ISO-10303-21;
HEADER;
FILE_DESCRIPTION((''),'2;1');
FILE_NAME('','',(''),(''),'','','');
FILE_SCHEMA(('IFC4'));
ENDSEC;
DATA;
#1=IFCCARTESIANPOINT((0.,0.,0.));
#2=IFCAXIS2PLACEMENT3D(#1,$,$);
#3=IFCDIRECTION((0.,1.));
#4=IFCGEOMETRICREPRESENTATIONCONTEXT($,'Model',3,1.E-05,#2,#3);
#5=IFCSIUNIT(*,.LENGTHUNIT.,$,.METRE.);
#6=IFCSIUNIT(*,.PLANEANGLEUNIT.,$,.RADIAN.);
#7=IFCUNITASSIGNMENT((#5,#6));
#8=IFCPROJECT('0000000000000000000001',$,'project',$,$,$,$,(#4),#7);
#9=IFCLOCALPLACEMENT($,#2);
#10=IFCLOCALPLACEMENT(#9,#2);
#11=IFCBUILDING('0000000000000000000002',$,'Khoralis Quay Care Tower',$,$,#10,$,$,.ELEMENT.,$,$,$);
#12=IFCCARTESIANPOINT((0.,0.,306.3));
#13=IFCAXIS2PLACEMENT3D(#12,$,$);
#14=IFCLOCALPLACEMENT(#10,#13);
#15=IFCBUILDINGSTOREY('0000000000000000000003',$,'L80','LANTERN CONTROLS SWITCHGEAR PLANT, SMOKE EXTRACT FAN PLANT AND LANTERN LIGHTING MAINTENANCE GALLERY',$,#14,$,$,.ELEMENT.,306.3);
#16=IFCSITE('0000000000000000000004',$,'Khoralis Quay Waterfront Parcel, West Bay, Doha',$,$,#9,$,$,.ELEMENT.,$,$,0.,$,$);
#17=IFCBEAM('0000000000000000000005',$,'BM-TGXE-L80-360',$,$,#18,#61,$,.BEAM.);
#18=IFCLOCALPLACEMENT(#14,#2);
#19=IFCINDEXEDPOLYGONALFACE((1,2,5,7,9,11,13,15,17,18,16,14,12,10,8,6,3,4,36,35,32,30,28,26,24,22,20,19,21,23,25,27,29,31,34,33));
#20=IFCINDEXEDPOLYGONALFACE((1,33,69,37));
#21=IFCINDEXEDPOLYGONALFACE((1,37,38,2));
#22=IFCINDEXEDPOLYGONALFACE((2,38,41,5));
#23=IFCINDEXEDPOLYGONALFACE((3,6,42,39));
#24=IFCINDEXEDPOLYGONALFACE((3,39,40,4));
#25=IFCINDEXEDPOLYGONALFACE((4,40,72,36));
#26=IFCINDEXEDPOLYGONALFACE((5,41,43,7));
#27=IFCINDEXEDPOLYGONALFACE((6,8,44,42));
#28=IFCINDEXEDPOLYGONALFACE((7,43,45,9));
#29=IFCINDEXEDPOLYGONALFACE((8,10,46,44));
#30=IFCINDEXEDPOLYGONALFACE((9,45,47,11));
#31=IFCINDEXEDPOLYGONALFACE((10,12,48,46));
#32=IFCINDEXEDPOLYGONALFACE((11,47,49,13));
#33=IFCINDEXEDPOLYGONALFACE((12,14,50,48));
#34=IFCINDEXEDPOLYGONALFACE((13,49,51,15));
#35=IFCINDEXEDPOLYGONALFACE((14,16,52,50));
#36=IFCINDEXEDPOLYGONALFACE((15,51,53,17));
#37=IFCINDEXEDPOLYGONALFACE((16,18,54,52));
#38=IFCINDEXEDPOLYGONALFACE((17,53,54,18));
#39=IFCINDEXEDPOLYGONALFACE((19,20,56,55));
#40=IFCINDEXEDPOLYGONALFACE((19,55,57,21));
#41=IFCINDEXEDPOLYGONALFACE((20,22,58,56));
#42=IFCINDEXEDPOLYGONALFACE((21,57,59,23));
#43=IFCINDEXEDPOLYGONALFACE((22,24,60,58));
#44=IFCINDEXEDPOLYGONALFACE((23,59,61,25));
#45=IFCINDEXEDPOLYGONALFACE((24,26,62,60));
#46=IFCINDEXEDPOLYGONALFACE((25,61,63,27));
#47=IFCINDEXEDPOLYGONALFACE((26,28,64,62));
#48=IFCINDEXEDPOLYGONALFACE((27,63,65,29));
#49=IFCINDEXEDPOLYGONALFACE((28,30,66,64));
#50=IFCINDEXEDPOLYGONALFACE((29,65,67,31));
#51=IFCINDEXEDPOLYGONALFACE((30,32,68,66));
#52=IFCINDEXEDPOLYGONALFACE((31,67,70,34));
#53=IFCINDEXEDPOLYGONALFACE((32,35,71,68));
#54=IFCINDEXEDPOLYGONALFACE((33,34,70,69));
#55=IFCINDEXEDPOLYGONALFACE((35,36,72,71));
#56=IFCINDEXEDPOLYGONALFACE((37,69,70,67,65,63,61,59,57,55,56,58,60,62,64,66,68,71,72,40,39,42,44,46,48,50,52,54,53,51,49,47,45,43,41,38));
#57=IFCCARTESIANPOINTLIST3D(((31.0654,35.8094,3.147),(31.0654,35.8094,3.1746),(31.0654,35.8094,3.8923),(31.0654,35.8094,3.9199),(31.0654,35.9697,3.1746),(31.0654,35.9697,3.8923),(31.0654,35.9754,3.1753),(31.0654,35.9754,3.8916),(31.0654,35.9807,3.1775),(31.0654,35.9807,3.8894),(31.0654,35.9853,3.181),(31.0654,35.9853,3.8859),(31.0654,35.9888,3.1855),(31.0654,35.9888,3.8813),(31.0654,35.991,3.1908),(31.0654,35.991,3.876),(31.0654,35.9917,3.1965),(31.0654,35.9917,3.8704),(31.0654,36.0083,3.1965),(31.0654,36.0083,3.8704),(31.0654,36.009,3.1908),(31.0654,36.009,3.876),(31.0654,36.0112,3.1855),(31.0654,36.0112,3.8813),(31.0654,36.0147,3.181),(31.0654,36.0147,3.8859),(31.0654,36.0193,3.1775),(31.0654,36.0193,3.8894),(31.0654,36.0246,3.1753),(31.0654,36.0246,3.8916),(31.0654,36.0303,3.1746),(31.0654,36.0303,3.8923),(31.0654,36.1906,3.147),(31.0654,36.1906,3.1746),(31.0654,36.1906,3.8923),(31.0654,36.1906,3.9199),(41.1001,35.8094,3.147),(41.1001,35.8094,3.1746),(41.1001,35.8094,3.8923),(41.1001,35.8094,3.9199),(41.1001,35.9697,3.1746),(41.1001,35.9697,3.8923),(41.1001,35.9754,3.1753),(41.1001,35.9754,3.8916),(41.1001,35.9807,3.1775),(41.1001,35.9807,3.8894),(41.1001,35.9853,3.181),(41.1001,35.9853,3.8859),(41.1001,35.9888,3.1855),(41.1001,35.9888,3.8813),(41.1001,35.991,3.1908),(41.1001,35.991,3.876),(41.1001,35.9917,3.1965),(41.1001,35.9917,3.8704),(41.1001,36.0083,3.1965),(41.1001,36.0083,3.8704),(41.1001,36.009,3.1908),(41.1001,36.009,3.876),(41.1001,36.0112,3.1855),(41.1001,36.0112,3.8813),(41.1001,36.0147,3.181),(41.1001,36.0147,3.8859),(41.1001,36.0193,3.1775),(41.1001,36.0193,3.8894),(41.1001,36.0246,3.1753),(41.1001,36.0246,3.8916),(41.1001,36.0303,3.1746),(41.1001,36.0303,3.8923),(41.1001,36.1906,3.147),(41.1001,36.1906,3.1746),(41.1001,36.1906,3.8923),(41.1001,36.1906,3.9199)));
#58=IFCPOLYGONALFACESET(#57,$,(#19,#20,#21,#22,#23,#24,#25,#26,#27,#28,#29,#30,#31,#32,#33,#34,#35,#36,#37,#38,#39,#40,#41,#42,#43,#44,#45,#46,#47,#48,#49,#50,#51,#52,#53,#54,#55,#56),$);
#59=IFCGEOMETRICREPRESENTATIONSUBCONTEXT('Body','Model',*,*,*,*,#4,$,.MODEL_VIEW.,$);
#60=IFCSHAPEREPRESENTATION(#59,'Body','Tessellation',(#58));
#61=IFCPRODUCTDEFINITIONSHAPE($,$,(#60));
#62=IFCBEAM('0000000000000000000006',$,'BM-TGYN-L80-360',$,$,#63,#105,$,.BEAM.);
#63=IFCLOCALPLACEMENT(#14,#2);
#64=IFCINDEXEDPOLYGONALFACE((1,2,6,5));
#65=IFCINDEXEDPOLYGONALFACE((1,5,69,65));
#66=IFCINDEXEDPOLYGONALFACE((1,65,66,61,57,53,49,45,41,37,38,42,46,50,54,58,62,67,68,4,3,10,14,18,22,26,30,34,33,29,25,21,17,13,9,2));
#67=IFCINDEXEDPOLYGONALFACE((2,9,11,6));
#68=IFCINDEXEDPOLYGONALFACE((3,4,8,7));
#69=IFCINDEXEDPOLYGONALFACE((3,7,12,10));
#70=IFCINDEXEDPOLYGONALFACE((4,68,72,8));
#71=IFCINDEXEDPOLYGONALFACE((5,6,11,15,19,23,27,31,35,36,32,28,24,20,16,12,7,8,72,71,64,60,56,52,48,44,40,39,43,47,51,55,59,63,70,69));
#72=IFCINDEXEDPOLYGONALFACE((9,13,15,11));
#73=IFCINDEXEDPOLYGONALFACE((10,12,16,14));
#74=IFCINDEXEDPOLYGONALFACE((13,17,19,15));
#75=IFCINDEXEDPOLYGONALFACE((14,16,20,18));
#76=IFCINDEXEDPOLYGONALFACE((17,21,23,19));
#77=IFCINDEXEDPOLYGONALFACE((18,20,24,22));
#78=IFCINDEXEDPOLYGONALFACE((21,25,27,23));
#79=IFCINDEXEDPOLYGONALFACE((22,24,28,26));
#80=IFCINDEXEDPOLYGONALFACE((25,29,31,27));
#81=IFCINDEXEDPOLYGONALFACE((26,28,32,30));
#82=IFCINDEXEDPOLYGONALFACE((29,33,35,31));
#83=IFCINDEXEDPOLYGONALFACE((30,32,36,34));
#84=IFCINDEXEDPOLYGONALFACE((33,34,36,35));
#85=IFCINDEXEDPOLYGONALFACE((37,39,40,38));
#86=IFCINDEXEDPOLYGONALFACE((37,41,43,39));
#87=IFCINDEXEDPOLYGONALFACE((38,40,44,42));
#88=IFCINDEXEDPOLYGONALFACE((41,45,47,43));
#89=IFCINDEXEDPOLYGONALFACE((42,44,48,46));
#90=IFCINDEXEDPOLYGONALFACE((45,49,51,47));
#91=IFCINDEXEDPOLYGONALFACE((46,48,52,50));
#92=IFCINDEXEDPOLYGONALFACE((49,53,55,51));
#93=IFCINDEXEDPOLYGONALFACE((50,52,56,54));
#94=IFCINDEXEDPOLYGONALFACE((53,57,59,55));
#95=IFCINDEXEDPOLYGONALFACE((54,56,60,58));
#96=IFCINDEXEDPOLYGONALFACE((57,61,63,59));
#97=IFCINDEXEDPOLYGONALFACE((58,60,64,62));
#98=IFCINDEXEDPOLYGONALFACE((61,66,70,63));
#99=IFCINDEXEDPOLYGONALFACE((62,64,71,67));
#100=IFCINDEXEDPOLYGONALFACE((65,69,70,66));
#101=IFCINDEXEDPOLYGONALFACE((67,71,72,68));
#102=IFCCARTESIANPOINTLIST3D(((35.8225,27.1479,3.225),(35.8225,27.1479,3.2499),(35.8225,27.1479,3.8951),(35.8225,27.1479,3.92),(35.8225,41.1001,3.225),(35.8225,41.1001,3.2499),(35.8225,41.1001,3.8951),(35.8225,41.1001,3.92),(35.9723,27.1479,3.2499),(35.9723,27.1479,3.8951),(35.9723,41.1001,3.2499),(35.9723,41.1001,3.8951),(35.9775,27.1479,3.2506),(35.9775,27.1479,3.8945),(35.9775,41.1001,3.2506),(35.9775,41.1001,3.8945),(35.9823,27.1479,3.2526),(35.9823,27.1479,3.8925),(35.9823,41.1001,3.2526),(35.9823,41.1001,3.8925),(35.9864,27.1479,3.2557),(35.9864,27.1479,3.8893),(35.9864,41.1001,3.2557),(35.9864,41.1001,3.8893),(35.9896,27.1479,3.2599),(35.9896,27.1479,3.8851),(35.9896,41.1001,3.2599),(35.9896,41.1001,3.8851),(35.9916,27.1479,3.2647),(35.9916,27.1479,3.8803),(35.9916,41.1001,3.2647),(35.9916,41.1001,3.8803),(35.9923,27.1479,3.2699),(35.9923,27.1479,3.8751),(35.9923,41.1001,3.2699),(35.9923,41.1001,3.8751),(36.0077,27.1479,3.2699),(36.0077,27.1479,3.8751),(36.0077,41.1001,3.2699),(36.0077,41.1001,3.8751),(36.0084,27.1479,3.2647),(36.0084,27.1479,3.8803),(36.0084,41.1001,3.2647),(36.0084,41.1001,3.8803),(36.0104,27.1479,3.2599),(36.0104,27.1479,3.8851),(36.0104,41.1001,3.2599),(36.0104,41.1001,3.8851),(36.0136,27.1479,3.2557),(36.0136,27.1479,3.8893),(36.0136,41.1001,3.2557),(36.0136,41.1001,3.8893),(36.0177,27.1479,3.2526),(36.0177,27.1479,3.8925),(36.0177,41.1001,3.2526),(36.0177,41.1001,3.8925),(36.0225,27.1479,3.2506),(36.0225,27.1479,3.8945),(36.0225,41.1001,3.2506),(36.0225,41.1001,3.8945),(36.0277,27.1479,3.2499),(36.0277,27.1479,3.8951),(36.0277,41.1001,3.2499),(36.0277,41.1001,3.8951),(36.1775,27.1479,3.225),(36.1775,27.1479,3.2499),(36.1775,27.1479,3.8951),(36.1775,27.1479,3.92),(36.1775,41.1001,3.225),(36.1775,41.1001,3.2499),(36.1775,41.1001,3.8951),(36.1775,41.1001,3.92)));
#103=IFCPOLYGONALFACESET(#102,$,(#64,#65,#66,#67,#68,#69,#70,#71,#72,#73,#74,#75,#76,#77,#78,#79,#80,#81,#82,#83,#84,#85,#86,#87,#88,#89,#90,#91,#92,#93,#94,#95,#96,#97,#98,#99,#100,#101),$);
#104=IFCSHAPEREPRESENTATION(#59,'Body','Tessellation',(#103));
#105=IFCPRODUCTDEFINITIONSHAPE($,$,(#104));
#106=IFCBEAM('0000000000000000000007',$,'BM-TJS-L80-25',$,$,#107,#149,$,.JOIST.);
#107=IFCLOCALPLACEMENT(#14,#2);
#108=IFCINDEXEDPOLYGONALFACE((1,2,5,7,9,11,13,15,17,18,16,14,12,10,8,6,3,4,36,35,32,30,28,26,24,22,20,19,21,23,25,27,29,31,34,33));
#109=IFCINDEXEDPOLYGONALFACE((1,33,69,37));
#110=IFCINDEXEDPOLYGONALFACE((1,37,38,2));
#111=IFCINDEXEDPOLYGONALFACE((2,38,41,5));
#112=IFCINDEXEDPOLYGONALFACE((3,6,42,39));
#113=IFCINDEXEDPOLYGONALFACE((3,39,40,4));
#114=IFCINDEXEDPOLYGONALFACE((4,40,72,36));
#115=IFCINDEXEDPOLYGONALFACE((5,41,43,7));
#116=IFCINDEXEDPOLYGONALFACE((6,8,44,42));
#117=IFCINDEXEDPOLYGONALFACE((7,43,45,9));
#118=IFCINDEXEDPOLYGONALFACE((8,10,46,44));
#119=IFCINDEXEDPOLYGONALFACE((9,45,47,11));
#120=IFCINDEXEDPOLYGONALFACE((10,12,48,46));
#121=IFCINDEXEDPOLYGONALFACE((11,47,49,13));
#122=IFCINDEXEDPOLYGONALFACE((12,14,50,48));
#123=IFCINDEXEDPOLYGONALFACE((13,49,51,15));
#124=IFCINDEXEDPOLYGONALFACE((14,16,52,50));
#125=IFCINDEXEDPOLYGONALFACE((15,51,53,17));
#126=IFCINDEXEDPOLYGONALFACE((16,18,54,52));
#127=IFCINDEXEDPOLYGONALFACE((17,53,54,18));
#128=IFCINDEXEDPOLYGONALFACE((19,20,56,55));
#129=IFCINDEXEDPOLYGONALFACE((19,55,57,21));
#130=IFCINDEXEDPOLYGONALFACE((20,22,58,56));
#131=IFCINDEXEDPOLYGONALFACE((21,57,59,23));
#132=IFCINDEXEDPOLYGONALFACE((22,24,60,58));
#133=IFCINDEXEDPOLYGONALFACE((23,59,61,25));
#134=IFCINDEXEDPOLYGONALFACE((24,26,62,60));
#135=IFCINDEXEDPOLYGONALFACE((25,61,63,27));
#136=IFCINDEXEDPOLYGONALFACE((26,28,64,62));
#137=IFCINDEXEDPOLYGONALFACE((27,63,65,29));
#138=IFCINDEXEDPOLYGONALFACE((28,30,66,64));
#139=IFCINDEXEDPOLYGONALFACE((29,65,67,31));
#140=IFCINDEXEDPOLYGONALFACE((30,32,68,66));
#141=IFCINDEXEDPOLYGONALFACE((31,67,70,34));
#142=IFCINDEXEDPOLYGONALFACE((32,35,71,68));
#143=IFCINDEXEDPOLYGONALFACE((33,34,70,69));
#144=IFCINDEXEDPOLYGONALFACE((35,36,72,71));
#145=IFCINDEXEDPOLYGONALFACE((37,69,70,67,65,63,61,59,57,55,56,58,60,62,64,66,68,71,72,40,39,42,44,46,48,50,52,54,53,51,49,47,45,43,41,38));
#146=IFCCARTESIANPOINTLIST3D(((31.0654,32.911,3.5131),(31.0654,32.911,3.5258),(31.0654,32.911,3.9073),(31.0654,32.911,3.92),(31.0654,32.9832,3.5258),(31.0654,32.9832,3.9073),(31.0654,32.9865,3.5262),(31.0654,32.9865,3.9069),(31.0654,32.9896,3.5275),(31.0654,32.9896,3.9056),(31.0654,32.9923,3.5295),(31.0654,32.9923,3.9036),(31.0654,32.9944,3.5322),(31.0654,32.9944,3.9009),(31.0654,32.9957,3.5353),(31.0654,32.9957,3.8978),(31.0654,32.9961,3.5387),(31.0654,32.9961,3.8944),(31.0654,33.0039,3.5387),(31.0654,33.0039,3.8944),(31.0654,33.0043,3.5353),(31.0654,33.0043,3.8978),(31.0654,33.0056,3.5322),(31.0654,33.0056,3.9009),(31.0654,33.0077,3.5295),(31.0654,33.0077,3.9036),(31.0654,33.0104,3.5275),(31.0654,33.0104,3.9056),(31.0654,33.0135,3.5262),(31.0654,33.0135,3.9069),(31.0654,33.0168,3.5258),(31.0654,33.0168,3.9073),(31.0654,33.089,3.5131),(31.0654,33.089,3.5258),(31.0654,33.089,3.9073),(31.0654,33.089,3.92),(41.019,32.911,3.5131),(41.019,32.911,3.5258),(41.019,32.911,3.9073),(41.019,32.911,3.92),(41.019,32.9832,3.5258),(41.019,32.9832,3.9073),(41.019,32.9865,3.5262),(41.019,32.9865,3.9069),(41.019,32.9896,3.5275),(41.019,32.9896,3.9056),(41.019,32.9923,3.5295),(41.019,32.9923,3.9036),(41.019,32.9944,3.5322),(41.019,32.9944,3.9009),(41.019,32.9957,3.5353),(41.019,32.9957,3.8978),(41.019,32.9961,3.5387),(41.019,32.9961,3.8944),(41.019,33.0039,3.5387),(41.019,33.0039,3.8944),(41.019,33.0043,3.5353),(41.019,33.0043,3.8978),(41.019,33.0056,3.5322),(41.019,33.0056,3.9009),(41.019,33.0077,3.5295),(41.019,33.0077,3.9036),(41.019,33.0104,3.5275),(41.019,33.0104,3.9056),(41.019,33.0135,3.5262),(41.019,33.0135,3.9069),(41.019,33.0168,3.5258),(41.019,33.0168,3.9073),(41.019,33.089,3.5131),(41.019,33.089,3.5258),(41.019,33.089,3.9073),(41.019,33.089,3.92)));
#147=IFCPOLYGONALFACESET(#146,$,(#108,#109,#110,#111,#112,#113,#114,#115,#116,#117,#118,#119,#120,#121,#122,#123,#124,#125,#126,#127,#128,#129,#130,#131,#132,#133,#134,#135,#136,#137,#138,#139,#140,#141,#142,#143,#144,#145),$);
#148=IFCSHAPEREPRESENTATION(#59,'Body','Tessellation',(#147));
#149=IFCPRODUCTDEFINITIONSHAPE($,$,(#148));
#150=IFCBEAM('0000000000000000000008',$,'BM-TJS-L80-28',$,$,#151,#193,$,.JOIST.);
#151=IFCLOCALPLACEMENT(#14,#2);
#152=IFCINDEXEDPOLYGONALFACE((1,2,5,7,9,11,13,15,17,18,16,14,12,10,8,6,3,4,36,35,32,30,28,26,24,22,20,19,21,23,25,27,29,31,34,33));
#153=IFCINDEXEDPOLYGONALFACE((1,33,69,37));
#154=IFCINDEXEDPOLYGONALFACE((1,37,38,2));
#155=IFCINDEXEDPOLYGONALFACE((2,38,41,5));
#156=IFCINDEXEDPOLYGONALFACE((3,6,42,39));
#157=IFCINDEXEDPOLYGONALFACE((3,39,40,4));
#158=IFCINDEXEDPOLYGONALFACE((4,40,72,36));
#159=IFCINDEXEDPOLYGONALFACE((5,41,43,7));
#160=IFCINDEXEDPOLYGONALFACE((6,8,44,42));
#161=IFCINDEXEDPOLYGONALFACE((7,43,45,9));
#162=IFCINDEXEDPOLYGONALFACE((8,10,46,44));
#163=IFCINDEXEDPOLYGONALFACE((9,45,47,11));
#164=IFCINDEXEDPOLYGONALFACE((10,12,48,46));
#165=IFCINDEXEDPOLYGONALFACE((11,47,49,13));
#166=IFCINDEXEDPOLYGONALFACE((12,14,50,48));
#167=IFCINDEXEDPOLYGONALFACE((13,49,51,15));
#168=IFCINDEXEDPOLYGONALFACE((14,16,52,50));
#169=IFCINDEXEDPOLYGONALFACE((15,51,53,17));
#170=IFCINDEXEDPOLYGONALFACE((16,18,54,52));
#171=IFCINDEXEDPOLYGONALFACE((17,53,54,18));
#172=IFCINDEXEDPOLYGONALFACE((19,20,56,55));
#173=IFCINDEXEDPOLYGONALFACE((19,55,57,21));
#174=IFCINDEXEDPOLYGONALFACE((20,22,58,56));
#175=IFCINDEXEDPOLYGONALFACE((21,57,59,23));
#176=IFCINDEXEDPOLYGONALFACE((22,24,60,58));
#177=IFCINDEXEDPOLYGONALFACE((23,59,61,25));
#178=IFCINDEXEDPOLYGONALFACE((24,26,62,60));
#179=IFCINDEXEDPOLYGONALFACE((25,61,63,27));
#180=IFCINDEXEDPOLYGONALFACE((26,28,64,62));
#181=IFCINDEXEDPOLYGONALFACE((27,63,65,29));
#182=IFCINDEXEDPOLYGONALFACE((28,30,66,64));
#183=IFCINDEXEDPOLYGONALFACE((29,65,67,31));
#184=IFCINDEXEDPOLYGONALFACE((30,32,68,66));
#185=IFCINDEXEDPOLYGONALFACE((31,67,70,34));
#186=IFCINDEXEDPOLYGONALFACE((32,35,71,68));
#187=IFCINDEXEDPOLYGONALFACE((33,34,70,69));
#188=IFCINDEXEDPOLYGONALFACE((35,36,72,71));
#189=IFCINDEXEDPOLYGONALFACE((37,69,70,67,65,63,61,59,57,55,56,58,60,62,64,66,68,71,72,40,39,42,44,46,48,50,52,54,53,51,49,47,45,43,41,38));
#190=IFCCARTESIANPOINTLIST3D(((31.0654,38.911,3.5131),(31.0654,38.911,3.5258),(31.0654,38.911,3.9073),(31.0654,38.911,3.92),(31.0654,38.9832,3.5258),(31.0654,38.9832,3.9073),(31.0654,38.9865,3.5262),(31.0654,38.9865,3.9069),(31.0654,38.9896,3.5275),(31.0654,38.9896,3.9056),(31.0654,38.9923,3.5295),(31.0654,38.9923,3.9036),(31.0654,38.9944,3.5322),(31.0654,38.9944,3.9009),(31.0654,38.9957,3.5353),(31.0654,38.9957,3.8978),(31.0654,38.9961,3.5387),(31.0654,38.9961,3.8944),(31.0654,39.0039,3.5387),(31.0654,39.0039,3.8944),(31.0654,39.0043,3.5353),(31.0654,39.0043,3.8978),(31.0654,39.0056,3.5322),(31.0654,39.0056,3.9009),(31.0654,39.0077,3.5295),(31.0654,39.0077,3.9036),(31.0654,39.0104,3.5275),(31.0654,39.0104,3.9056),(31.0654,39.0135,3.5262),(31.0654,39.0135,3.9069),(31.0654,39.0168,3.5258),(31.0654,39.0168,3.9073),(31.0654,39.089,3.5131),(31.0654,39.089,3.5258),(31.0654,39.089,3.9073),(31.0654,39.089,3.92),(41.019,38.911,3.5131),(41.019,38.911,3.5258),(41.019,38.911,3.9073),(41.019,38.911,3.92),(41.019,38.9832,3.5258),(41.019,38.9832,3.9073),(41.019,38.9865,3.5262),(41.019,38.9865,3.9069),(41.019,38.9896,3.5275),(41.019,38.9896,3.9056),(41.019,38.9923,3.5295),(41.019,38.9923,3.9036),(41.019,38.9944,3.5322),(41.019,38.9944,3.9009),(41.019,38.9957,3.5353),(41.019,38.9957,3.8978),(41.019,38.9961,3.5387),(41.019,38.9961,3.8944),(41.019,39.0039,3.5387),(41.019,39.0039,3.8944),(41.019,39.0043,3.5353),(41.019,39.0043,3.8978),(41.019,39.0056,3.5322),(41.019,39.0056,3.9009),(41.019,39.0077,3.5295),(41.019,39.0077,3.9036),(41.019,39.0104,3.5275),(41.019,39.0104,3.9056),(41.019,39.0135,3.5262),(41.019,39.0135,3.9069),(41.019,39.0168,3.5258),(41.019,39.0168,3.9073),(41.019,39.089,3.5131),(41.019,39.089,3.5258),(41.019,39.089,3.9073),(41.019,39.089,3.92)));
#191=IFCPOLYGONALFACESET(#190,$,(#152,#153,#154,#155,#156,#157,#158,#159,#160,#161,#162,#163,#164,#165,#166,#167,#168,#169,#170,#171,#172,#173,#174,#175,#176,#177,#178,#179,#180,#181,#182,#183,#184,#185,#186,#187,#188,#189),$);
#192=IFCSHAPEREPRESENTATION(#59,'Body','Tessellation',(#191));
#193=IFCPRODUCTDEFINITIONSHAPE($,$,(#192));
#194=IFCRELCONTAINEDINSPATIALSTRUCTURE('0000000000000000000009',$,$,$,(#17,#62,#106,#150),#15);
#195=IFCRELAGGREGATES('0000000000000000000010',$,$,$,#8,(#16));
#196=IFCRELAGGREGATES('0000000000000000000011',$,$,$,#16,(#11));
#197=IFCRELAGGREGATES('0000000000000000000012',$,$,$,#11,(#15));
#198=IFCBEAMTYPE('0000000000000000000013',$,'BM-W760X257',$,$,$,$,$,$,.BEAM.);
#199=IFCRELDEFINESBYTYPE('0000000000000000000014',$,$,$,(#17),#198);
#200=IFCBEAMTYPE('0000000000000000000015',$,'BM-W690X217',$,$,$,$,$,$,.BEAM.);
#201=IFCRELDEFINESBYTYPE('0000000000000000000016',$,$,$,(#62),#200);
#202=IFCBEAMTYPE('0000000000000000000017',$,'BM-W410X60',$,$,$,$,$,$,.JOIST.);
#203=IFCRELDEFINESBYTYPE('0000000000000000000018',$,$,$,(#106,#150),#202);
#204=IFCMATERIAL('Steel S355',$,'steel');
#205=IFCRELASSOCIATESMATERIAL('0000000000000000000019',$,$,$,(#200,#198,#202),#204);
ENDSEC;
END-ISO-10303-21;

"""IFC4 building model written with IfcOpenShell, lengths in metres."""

from ifc_helpers import new_model, si_unit, direction, frame, origin, origin_2d, place, context, subcontext, project, spatial, i_section, extrude, source, transform, mapped, material, material_profile, profile_set, type_object, element, save


model = new_model("IFC4")

# Units and contexts
model_context = context("Model", 3, precision=1e-05, world=origin(), true_north=direction((0.0, 1.0)))
body_context = subcontext(model_context, "Body", "Model", "MODEL_VIEW")
ifc_project = project(units=[si_unit("LENGTHUNIT", "METRE"), si_unit("PLANEANGLEUNIT", "RADIAN")], contexts=[model_context])

# Site, building, storey
site_placement = place(None, origin())
site = spatial("IfcSite", under=ifc_project, at=site_placement, Name="Khoralis Quay Waterfront Parcel, West Bay, Doha", CompositionType="ELEMENT", RefElevation=0.0)
building_placement = place(site_placement, origin())
building = spatial("IfcBuilding", under=site, at=building_placement, Name="Khoralis Quay Care Tower", CompositionType="ELEMENT")
storey_placement = place(building_placement, frame((0.0, 0.0, 306.3)))
storey = spatial("IfcBuildingStorey", under=building, at=storey_placement, Name="L80", Description="LANTERN CONTROLS SWITCHGEAR PLANT, SMOKE EXTRACT FAN PLANT AND LANTERN LIGHTING MAINTENANCE GALLERY", CompositionType="ELEMENT", Elevation=306.3)

# Shared definitions
ifc_material_1 = material(Name="Steel S355", Category="steel")

# Beams
ifc_material_profile_1 = material_profile(ifc_material_1, i_section(OverallWidth=0.355, OverallDepth=0.6951, WebThickness=0.0154, FlangeThickness=0.0249, FilletRadius=0.02, at=origin_2d()), Name="Steel S355")
ifc_profile_set_1 = profile_set([ifc_material_profile_1], Name="Steel S355")
beam_type_1 = type_object("IfcBeamType", Name="BM-W690X217", PredefinedType="BEAM", material=ifc_profile_set_1)
ifc_material_profile_2 = material_profile(ifc_material_1, i_section(OverallWidth=0.3811, OverallDepth=0.7729, WebThickness=0.0166, FlangeThickness=0.0276, FilletRadius=0.022, at=origin_2d()), Name="Steel S355")
ifc_profile_set_2 = profile_set([ifc_material_profile_2], Name="Steel S355")
beam_type_2 = type_object("IfcBeamType", Name="BM-W760X257", PredefinedType="BEAM", material=ifc_profile_set_2)
shared_shape_1 = source(origin(), body_context, "Body", "SweptSolid", [
    extrude(i_section(OverallWidth=0.3811, OverallDepth=0.7729, WebThickness=0.0166, FlangeThickness=0.0276, FilletRadius=0.022, at=origin_2d()), origin(), (0.0, 0.0, 1.0), 10.0347),
])
beam_1_placement = place(storey_placement, frame((31.0654, 36.0, 3.5334), z_axis=(1.0, 0.0, 0.0), x_axis=(0.0, 1.0, 0.0)))
element("IfcBeam", 1, at=beam_1_placement, inside=storey, type_object=beam_type_2, Name="BM-TGXE-L80-360", PredefinedType="BEAM", context=body_context, shape_type="MappedRepresentation", body=[
    mapped(shared_shape_1, transform((0.0, 0.0, 0.0), scale=1.0)),
])
shared_shape_2 = source(origin(), body_context, "Body", "SweptSolid", [
    extrude(i_section(OverallWidth=0.355, OverallDepth=0.6951, WebThickness=0.0154, FlangeThickness=0.0249, FilletRadius=0.02, at=origin_2d()), origin(), (0.0, 0.0, 1.0), 13.9521),
])
beam_2_placement = place(storey_placement, frame((36.0, 27.1479, 3.5725), z_axis=(0.0, 1.0, 0.0), x_axis=(-1.0, 0.0, 0.0)))
element("IfcBeam", 2, at=beam_2_placement, inside=storey, type_object=beam_type_1, Name="BM-TGYN-L80-360", PredefinedType="BEAM", context=body_context, shape_type="MappedRepresentation", body=[
    mapped(shared_shape_2, transform((0.0, 0.0, 0.0), scale=1.0)),
])
ifc_material_profile_3 = material_profile(ifc_material_1, i_section(OverallWidth=0.178, OverallDepth=0.407, WebThickness=0.0078, FlangeThickness=0.0127, FilletRadius=0.0129, at=origin_2d()), Name="Steel S355")
ifc_profile_set_3 = profile_set([ifc_material_profile_3], Name="Steel S355")
beam_type_3 = type_object("IfcBeamType", Name="BM-W410X60", PredefinedType="JOIST", material=ifc_profile_set_3)
shared_shape_3 = source(origin(), body_context, "Body", "SweptSolid", [
    extrude(i_section(OverallWidth=0.178, OverallDepth=0.407, WebThickness=0.0078, FlangeThickness=0.0127, FilletRadius=0.0129, at=origin_2d()), origin(), (0.0, 0.0, 1.0), 9.9536),
])
for number, where, z_axis, x_axis, name in (
    (3, (31.0654, 33.0, 3.7166), (1.0, 0.0, 0.0), (0.0, 1.0, 0.0), "BM-TJS-L80-25"),
    (4, (31.0654, 39.0, 3.7166), (1.0, 0.0, 0.0), (0.0, 1.0, 0.0), "BM-TJS-L80-28"),
):
    element("IfcBeam", number, at=place(storey_placement, frame(where, z_axis=z_axis, x_axis=x_axis)), inside=storey, type_object=beam_type_3, Name=name, PredefinedType="JOIST", context=body_context, shape_type="MappedRepresentation", body=[
        mapped(shared_shape_3, transform((0.0, 0.0, 0.0), scale=1.0)),
    ])

save(model, "model.ifc")
